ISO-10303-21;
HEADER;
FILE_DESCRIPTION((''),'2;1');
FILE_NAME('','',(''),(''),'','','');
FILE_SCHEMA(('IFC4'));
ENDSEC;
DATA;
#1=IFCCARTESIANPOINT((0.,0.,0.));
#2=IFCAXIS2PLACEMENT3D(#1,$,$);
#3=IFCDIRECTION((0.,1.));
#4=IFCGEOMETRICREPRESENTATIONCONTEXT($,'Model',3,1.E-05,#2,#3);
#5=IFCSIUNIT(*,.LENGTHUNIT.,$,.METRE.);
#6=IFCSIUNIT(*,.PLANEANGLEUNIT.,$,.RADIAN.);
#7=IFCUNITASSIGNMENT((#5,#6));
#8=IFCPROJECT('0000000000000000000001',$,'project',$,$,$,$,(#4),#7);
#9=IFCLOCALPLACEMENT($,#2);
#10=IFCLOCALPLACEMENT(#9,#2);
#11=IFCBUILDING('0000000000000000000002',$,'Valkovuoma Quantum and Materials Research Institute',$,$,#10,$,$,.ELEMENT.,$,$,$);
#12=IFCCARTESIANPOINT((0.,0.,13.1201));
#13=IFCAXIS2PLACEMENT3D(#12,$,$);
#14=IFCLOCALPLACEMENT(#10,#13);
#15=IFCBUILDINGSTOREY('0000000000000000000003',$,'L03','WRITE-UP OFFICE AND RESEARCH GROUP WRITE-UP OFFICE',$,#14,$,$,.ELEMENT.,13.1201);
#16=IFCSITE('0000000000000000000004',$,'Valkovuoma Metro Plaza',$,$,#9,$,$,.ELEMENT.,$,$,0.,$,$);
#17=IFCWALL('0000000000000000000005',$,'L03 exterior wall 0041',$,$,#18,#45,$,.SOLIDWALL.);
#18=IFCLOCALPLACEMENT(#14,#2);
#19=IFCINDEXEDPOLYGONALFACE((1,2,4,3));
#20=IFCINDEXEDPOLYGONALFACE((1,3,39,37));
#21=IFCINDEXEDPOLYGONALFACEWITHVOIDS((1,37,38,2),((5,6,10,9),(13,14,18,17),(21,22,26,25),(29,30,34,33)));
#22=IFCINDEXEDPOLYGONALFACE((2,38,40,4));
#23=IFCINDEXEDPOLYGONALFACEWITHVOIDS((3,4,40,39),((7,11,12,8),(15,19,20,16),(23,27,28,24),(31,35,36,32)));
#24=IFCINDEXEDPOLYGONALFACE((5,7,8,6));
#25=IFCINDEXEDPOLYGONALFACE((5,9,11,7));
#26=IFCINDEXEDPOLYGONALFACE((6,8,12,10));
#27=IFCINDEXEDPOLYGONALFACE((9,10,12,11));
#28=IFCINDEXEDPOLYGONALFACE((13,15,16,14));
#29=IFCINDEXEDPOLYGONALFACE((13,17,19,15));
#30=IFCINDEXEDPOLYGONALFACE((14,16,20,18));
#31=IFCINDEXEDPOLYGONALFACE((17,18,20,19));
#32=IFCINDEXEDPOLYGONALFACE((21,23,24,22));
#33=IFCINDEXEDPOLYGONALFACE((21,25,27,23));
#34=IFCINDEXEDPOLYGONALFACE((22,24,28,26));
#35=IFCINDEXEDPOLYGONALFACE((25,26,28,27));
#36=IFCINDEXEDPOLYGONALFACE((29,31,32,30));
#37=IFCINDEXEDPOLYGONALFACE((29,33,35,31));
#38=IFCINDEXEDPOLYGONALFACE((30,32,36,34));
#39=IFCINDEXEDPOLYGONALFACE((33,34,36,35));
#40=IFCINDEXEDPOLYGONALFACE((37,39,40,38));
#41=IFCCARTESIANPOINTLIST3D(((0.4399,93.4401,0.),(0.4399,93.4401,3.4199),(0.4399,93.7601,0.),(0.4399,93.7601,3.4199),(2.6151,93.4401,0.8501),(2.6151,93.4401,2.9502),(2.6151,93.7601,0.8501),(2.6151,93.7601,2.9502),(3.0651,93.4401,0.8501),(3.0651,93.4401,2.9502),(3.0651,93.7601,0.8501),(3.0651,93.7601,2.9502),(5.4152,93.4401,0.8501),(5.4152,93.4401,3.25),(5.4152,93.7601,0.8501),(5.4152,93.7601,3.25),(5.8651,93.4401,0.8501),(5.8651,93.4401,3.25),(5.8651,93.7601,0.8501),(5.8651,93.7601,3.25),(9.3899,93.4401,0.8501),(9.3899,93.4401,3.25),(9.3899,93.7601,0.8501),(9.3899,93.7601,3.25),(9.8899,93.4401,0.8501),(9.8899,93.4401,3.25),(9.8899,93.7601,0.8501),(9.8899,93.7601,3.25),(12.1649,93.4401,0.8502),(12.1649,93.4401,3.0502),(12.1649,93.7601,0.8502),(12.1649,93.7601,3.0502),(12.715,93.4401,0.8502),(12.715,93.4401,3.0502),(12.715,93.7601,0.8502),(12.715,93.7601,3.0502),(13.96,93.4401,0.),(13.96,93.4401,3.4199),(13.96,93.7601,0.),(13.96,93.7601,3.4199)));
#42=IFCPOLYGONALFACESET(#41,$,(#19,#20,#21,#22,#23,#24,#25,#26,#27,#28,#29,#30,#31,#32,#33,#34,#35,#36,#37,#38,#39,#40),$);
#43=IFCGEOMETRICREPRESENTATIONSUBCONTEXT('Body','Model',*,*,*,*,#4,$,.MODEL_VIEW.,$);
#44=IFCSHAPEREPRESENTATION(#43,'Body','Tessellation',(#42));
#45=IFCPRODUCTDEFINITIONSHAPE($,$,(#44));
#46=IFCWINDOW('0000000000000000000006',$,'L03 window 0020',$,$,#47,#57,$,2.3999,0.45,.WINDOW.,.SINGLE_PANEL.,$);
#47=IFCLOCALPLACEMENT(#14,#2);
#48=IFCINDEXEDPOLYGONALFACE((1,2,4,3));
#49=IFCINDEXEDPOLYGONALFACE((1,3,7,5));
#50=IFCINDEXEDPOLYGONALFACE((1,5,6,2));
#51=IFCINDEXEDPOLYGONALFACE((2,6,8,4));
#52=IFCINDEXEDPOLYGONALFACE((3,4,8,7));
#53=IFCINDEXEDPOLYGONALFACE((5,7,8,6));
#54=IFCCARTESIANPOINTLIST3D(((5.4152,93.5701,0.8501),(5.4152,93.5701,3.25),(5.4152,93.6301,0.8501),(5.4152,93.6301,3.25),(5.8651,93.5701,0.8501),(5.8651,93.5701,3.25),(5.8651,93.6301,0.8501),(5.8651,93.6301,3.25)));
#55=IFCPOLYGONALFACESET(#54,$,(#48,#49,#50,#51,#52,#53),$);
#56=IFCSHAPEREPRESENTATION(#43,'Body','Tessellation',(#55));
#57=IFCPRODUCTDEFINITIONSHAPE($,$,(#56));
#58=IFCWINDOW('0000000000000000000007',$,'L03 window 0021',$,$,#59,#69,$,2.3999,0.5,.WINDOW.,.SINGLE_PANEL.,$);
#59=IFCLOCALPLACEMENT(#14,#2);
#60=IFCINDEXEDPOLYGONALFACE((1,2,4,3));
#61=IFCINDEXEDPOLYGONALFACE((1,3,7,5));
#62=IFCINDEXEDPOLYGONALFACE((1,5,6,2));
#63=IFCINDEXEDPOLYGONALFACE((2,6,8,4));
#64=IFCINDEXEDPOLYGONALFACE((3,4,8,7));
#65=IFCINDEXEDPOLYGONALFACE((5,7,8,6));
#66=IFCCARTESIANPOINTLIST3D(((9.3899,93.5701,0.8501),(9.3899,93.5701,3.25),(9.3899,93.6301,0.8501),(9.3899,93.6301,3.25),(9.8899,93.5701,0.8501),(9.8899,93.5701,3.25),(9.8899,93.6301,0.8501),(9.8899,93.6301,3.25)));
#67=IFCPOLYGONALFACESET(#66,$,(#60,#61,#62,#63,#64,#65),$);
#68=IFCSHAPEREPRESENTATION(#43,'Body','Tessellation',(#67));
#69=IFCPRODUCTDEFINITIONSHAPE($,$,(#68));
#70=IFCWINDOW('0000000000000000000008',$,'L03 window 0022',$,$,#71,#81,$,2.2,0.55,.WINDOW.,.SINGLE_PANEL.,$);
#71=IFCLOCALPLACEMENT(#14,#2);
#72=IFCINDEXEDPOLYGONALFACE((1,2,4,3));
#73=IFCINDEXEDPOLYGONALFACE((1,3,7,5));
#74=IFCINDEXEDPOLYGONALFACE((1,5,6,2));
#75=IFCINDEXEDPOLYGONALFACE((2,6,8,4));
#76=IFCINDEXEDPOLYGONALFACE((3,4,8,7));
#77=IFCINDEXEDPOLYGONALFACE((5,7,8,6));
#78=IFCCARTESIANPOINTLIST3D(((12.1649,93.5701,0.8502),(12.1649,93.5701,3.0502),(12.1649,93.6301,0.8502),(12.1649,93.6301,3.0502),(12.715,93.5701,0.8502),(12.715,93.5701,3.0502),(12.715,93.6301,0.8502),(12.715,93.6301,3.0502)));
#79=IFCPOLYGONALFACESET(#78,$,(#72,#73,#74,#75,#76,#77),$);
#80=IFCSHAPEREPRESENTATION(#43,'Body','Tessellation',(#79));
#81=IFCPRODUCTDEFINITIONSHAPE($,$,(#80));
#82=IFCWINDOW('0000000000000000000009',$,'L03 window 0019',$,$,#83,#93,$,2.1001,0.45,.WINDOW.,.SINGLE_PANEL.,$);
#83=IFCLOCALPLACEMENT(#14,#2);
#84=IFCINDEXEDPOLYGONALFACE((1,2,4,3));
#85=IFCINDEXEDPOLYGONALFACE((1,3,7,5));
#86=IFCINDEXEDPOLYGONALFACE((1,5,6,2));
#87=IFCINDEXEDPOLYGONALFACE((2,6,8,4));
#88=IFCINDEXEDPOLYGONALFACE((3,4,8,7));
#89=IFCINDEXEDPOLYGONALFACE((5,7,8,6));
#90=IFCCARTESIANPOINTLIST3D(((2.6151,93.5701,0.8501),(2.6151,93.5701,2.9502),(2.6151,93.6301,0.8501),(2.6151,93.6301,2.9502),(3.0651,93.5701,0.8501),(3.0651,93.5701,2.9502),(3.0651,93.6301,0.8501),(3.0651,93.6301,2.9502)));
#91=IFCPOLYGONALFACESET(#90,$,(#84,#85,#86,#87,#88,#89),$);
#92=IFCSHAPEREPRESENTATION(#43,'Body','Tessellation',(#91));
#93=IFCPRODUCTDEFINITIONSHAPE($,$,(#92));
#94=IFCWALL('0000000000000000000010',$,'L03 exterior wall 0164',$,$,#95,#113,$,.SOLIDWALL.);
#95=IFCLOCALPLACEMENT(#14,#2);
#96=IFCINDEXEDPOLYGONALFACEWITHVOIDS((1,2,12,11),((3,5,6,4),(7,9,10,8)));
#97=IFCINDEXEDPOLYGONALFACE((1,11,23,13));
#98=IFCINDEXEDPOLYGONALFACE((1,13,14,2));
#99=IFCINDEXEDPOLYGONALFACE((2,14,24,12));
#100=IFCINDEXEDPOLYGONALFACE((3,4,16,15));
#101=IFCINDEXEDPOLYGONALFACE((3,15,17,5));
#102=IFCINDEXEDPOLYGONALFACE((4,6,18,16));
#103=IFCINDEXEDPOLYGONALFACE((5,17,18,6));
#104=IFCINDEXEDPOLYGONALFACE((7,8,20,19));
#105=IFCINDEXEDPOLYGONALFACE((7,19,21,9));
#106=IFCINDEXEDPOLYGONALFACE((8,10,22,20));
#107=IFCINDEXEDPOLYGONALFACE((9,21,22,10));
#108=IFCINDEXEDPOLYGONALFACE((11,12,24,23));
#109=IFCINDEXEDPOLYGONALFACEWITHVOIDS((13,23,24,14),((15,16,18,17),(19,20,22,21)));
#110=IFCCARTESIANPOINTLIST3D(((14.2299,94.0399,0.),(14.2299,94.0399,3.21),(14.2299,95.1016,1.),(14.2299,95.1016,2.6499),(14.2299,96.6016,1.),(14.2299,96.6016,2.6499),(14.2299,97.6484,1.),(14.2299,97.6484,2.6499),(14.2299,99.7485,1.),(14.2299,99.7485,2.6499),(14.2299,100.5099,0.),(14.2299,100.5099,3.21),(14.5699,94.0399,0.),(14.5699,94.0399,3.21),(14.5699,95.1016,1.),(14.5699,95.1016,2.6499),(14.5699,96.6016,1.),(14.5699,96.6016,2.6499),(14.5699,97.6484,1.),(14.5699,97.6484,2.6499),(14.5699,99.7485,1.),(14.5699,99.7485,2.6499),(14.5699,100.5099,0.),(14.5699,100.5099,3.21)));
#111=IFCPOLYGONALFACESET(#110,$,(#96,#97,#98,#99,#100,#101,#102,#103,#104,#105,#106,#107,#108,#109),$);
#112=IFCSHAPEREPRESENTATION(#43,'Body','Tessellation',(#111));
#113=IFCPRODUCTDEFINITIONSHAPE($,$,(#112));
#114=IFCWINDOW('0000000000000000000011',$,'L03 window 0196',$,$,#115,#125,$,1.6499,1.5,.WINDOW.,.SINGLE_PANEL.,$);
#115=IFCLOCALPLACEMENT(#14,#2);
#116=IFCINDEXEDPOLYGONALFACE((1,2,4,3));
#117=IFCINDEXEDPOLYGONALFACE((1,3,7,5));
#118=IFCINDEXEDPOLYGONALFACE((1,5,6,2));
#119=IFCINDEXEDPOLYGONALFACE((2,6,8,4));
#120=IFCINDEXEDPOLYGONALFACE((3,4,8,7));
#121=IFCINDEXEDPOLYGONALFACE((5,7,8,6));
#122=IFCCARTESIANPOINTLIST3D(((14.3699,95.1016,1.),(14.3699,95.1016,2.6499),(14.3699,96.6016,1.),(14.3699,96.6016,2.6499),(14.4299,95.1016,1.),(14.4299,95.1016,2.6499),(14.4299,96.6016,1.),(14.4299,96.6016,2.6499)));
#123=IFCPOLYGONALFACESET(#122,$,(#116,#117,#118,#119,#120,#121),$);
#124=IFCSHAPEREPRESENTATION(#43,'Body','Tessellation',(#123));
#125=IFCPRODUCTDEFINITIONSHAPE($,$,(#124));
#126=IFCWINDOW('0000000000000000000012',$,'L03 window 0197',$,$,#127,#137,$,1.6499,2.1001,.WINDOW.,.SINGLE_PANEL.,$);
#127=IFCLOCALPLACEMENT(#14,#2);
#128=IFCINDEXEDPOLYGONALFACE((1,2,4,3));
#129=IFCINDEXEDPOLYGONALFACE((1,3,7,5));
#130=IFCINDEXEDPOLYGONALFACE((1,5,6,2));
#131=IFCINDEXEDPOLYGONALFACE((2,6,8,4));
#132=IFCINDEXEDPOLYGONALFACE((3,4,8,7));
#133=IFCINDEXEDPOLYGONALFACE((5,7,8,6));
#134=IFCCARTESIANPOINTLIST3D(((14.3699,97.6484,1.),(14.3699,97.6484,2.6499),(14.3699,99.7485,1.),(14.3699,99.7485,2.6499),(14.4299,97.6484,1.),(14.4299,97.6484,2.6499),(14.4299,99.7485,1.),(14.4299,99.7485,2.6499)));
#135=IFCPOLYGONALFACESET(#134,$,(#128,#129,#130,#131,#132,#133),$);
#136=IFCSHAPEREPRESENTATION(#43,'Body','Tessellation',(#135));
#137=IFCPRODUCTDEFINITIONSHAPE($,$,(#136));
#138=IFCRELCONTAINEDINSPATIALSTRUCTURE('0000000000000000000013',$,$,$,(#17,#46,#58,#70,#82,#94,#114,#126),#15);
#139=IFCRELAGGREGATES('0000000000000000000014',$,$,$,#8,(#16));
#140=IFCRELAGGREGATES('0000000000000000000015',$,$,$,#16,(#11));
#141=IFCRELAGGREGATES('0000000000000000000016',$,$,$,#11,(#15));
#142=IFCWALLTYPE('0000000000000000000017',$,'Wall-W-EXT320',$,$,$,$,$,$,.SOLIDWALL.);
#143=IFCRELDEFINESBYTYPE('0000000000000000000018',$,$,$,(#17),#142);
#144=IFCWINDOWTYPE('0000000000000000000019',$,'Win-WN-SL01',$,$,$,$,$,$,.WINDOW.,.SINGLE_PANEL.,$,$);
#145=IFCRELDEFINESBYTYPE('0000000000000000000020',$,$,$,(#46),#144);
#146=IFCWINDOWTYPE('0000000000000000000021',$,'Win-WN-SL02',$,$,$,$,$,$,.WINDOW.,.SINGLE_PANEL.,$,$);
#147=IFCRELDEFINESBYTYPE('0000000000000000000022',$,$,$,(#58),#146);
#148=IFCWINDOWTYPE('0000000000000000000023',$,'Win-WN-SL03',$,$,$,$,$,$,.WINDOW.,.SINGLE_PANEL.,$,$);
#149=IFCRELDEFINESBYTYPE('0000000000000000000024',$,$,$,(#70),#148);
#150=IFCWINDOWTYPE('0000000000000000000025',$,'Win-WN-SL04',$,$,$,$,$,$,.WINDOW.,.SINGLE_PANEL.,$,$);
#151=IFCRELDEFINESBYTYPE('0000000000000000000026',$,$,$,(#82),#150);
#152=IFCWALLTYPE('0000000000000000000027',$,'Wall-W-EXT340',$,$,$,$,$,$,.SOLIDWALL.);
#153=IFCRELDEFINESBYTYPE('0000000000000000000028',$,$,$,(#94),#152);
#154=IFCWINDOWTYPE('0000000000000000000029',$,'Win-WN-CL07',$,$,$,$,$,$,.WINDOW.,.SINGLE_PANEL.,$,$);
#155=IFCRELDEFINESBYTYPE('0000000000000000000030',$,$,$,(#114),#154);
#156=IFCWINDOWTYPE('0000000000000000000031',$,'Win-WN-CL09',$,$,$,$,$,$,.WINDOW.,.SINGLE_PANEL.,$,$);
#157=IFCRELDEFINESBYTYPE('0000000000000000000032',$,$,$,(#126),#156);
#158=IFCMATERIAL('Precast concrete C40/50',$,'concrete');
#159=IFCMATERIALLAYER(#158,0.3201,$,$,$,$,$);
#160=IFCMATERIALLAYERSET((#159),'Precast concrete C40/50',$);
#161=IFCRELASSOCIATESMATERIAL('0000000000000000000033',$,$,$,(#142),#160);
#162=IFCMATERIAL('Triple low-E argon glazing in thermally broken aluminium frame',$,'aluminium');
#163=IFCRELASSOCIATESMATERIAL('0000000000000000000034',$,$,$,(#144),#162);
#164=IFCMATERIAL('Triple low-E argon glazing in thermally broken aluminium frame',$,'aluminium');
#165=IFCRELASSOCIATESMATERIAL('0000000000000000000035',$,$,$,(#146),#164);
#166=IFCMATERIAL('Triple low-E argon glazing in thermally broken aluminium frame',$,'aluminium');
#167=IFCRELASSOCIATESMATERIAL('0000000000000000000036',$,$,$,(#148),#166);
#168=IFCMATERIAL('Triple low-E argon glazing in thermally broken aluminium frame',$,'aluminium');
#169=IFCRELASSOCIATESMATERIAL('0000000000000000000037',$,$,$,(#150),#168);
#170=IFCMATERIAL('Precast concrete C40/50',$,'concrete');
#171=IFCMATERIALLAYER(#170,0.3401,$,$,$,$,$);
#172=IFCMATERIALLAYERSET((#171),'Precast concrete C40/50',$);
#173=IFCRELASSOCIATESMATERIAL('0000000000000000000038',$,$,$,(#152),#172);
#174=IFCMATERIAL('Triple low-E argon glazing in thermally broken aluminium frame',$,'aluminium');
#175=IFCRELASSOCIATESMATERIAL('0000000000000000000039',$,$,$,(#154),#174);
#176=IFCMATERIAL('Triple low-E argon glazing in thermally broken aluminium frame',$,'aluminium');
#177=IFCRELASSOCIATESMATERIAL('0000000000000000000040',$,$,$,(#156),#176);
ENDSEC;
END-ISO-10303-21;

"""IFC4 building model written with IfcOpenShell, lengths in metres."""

from ifc_helpers import new_model, si_unit, direction, frame, frame_2d, origin, place, context, subcontext, project, spatial, rectangle, extrude, material, layer, layer_set, type_object, element, fill, save


model = new_model("IFC4")

# Units and contexts
model_context = context("Model", 3, precision=1e-05, world=origin(), true_north=direction((0.0, 1.0)))
body_context = subcontext(model_context, "Body", "Model", "MODEL_VIEW")
ifc_project = project(units=[si_unit("LENGTHUNIT", "METRE"), si_unit("PLANEANGLEUNIT", "RADIAN")], contexts=[model_context])

# Site, building, storey
site_placement = place(None, origin())
site = spatial("IfcSite", under=ifc_project, at=site_placement, Name="Valkovuoma Metro Plaza", CompositionType="ELEMENT", RefElevation=0.0)
building_placement = place(site_placement, origin())
building = spatial("IfcBuilding", under=site, at=building_placement, Name="Valkovuoma Quantum and Materials Research Institute", CompositionType="ELEMENT")
storey_placement = place(building_placement, frame((0.0, 0.0, 13.1201)))
storey = spatial("IfcBuildingStorey", under=building, at=storey_placement, Name="L03", Description="WRITE-UP OFFICE AND RESEARCH GROUP WRITE-UP OFFICE", CompositionType="ELEMENT", Elevation=13.1201)

# Walls, openings, windows
ifc_material_1 = material(Name="Precast concrete C40/50", Category="concrete")
ifc_layer_1 = layer(ifc_material_1, 0.3201)
ifc_layer_set_1 = layer_set([ifc_layer_1], Name="Precast concrete C40/50")
wall_type_1 = type_object("IfcWallType", Name="Wall-W-EXT320", PredefinedType="SOLIDWALL", material=ifc_layer_set_1)
wall_1_placement = place(storey_placement, frame((0.4399, 93.6001, 0.0), z_axis=(0.0, 0.0, 1.0), x_axis=(1.0, 0.0, 0.0)))
wall_1 = element("IfcWall", 1, at=wall_1_placement, inside=storey, type_object=wall_type_1, Name="L03 exterior wall 0041", PredefinedType="SOLIDWALL", context=body_context, shape_type="SweptSolid", body=[
    extrude(rectangle(XDim=13.52, YDim=0.3201, at=frame_2d((6.76, 0.0))), origin(), (0.0, 0.0, 1.0), 3.4199),
])
opening_1_placement = place(wall_1_placement, frame((2.175, 0.0, 0.8501)))
opening_1 = element("IfcOpeningElement", 2, at=opening_1_placement, cuts=wall_1, PredefinedType="OPENING", context=body_context, shape_type="SweptSolid", body=[
    extrude(rectangle(XDim=0.45, YDim=2.1001, at=frame_2d((0.2251, 1.05))), frame((0.0, 0.1699, 0.0), z_axis=(0.0, -1.0, 0.0), x_axis=(1.0, 0.0, 0.0)), (0.0, 0.0, 1.0), 0.3401),
])
opening_2_placement = place(wall_1_placement, frame((4.9751, 0.0, 0.8501)))
opening_2 = element("IfcOpeningElement", 3, at=opening_2_placement, cuts=wall_1, PredefinedType="OPENING", context=body_context, shape_type="SweptSolid", body=[
    extrude(rectangle(XDim=0.45, YDim=2.3999, at=frame_2d((0.2251, 1.2))), frame((0.0, 0.1699, 0.0), z_axis=(0.0, -1.0, 0.0), x_axis=(1.0, 0.0, 0.0)), (0.0, 0.0, 1.0), 0.3401),
])
opening_3_placement = place(wall_1_placement, frame((8.95, 0.0, 0.8501)))
opening_3 = element("IfcOpeningElement", 4, at=opening_3_placement, cuts=wall_1, PredefinedType="OPENING", context=body_context, shape_type="SweptSolid", body=[
    extrude(rectangle(XDim=0.5, YDim=2.3999, at=frame_2d((0.25, 1.2))), frame((0.0, 0.1699, 0.0), z_axis=(0.0, -1.0, 0.0), x_axis=(1.0, 0.0, 0.0)), (0.0, 0.0, 1.0), 0.3401),
])
opening_4_placement = place(wall_1_placement, frame((11.7251, 0.0, 0.8501)))
opening_4 = element("IfcOpeningElement", 5, at=opening_4_placement, cuts=wall_1, PredefinedType="OPENING", context=body_context, shape_type="SweptSolid", body=[
    extrude(rectangle(XDim=0.55, YDim=2.2, at=frame_2d((0.2749, 1.1001))), frame((0.0, 0.1699, 0.0), z_axis=(0.0, -1.0, 0.0), x_axis=(1.0, 0.0, 0.0)), (0.0, 0.0, 1.0), 0.3401),
])
ifc_material_2 = material(Name="Triple low-E argon glazing in thermally broken aluminium frame", Category="aluminium")
window_type_1 = type_object("IfcWindowType", Name="Win-WN-SL01", PartitioningType="SINGLE_PANEL", PredefinedType="WINDOW", material=ifc_material_2)
window_1_placement = place(opening_2_placement, origin())
window_1 = element("IfcWindow", 6, at=window_1_placement, inside=storey, type_object=window_type_1, Name="L03 window 0020", OverallHeight=2.3999, OverallWidth=0.45, PartitioningType="SINGLE_PANEL", PredefinedType="WINDOW", context=body_context, shape_type="SweptSolid", body=[
    extrude(rectangle(XDim=0.45, YDim=2.3999, at=frame_2d((0.2251, 1.2))), frame((0.0, 0.03, 0.0), z_axis=(0.0, -1.0, 0.0), x_axis=(1.0, 0.0, 0.0)), (0.0, 0.0, 1.0), 0.0601),
])
fill(opening_2, window_1)
ifc_material_3 = material(Name="Triple low-E argon glazing in thermally broken aluminium frame", Category="aluminium")
window_type_2 = type_object("IfcWindowType", Name="Win-WN-SL02", PartitioningType="SINGLE_PANEL", PredefinedType="WINDOW", material=ifc_material_3)
window_2_placement = place(opening_3_placement, origin())
window_2 = element("IfcWindow", 7, at=window_2_placement, inside=storey, type_object=window_type_2, Name="L03 window 0021", OverallHeight=2.3999, OverallWidth=0.5, PartitioningType="SINGLE_PANEL", PredefinedType="WINDOW", context=body_context, shape_type="SweptSolid", body=[
    extrude(rectangle(XDim=0.5, YDim=2.3999, at=frame_2d((0.25, 1.2))), frame((0.0, 0.03, 0.0), z_axis=(0.0, -1.0, 0.0), x_axis=(1.0, 0.0, 0.0)), (0.0, 0.0, 1.0), 0.0601),
])
fill(opening_3, window_2)
ifc_material_4 = material(Name="Triple low-E argon glazing in thermally broken aluminium frame", Category="aluminium")
window_type_3 = type_object("IfcWindowType", Name="Win-WN-SL03", PartitioningType="SINGLE_PANEL", PredefinedType="WINDOW", material=ifc_material_4)
window_3_placement = place(opening_4_placement, origin())
window_3 = element("IfcWindow", 8, at=window_3_placement, inside=storey, type_object=window_type_3, Name="L03 window 0022", OverallHeight=2.2, OverallWidth=0.55, PartitioningType="SINGLE_PANEL", PredefinedType="WINDOW", context=body_context, shape_type="SweptSolid", body=[
    extrude(rectangle(XDim=0.55, YDim=2.2, at=frame_2d((0.2749, 1.1001))), frame((0.0, 0.03, 0.0), z_axis=(0.0, -1.0, 0.0), x_axis=(1.0, 0.0, 0.0)), (0.0, 0.0, 1.0), 0.0601),
])
fill(opening_4, window_3)
ifc_material_5 = material(Name="Triple low-E argon glazing in thermally broken aluminium frame", Category="aluminium")
window_type_4 = type_object("IfcWindowType", Name="Win-WN-SL04", PartitioningType="SINGLE_PANEL", PredefinedType="WINDOW", material=ifc_material_5)
window_4_placement = place(opening_1_placement, origin())
window_4 = element("IfcWindow", 9, at=window_4_placement, inside=storey, type_object=window_type_4, Name="L03 window 0019", OverallHeight=2.1001, OverallWidth=0.45, PartitioningType="SINGLE_PANEL", PredefinedType="WINDOW", context=body_context, shape_type="SweptSolid", body=[
    extrude(rectangle(XDim=0.45, YDim=2.1001, at=frame_2d((0.2251, 1.05))), frame((0.0, 0.03, 0.0), z_axis=(0.0, -1.0, 0.0), x_axis=(1.0, 0.0, 0.0)), (0.0, 0.0, 1.0), 0.0601),
])
fill(opening_1, window_4)
ifc_material_6 = material(Name="Precast concrete C40/50", Category="concrete")
ifc_layer_2 = layer(ifc_material_6, 0.3401)
ifc_layer_set_2 = layer_set([ifc_layer_2], Name="Precast concrete C40/50")
wall_type_2 = type_object("IfcWallType", Name="Wall-W-EXT340", PredefinedType="SOLIDWALL", material=ifc_layer_set_2)
wall_2_placement = place(storey_placement, frame((14.3999, 94.04, 0.0), z_axis=(0.0, 0.0, 1.0), x_axis=(0.0, 1.0, 0.0)))
wall_2 = element("IfcWall", 10, at=wall_2_placement, inside=storey, type_object=wall_type_2, Name="L03 exterior wall 0164", PredefinedType="SOLIDWALL", context=body_context, shape_type="SweptSolid", body=[
    extrude(rectangle(XDim=6.47, YDim=0.3401, at=frame_2d((3.2349, 0.0))), origin(), (0.0, 0.0, 1.0), 3.21),
])
opening_5_placement = place(wall_2_placement, frame((1.0615, 0.0, 1.0)))
opening_5 = element("IfcOpeningElement", 11, at=opening_5_placement, cuts=wall_2, PredefinedType="OPENING", context=body_context, shape_type="SweptSolid", body=[
    extrude(rectangle(XDim=1.5, YDim=1.6499, at=frame_2d((0.75, 0.825))), frame((0.0, 0.1802, 0.0), z_axis=(0.0, -1.0, 0.0), x_axis=(1.0, 0.0, 0.0)), (0.0, 0.0, 1.0), 0.3601),
])
opening_6_placement = place(wall_2_placement, frame((3.6084, 0.0, 1.0)))
opening_6 = element("IfcOpeningElement", 12, at=opening_6_placement, cuts=wall_2, PredefinedType="OPENING", context=body_context, shape_type="SweptSolid", body=[
    extrude(rectangle(XDim=2.1001, YDim=1.6499, at=frame_2d((1.05, 0.825))), frame((0.0, 0.1802, 0.0), z_axis=(0.0, -1.0, 0.0), x_axis=(1.0, 0.0, 0.0)), (0.0, 0.0, 1.0), 0.3601),
])
ifc_material_7 = material(Name="Triple low-E argon glazing in thermally broken aluminium frame", Category="aluminium")
window_type_5 = type_object("IfcWindowType", Name="Win-WN-CL07", PartitioningType="SINGLE_PANEL", PredefinedType="WINDOW", material=ifc_material_7)
window_5_placement = place(opening_5_placement, origin())
window_5 = element("IfcWindow", 13, at=window_5_placement, inside=storey, type_object=window_type_5, Name="L03 window 0196", OverallHeight=1.6499, OverallWidth=1.5, PartitioningType="SINGLE_PANEL", PredefinedType="WINDOW", context=body_context, shape_type="SweptSolid", body=[
    extrude(rectangle(XDim=1.5, YDim=1.6499, at=frame_2d((0.75, 0.825))), frame((0.0, 0.03, 0.0), z_axis=(0.0, -1.0, 0.0), x_axis=(1.0, 0.0, 0.0)), (0.0, 0.0, 1.0), 0.0601),
])
fill(opening_5, window_5)
ifc_material_8 = material(Name="Triple low-E argon glazing in thermally broken aluminium frame", Category="aluminium")
window_type_6 = type_object("IfcWindowType", Name="Win-WN-CL09", PartitioningType="SINGLE_PANEL", PredefinedType="WINDOW", material=ifc_material_8)
window_6_placement = place(opening_6_placement, origin())
window_6 = element("IfcWindow", 14, at=window_6_placement, inside=storey, type_object=window_type_6, Name="L03 window 0197", OverallHeight=1.6499, OverallWidth=2.1001, PartitioningType="SINGLE_PANEL", PredefinedType="WINDOW", context=body_context, shape_type="SweptSolid", body=[
    extrude(rectangle(XDim=2.1001, YDim=1.6499, at=frame_2d((1.05, 0.825))), frame((0.0, 0.03, 0.0), z_axis=(0.0, -1.0, 0.0), x_axis=(1.0, 0.0, 0.0)), (0.0, 0.0, 1.0), 0.0601),
])
fill(opening_6, window_6)

save(model, "model.ifc")
